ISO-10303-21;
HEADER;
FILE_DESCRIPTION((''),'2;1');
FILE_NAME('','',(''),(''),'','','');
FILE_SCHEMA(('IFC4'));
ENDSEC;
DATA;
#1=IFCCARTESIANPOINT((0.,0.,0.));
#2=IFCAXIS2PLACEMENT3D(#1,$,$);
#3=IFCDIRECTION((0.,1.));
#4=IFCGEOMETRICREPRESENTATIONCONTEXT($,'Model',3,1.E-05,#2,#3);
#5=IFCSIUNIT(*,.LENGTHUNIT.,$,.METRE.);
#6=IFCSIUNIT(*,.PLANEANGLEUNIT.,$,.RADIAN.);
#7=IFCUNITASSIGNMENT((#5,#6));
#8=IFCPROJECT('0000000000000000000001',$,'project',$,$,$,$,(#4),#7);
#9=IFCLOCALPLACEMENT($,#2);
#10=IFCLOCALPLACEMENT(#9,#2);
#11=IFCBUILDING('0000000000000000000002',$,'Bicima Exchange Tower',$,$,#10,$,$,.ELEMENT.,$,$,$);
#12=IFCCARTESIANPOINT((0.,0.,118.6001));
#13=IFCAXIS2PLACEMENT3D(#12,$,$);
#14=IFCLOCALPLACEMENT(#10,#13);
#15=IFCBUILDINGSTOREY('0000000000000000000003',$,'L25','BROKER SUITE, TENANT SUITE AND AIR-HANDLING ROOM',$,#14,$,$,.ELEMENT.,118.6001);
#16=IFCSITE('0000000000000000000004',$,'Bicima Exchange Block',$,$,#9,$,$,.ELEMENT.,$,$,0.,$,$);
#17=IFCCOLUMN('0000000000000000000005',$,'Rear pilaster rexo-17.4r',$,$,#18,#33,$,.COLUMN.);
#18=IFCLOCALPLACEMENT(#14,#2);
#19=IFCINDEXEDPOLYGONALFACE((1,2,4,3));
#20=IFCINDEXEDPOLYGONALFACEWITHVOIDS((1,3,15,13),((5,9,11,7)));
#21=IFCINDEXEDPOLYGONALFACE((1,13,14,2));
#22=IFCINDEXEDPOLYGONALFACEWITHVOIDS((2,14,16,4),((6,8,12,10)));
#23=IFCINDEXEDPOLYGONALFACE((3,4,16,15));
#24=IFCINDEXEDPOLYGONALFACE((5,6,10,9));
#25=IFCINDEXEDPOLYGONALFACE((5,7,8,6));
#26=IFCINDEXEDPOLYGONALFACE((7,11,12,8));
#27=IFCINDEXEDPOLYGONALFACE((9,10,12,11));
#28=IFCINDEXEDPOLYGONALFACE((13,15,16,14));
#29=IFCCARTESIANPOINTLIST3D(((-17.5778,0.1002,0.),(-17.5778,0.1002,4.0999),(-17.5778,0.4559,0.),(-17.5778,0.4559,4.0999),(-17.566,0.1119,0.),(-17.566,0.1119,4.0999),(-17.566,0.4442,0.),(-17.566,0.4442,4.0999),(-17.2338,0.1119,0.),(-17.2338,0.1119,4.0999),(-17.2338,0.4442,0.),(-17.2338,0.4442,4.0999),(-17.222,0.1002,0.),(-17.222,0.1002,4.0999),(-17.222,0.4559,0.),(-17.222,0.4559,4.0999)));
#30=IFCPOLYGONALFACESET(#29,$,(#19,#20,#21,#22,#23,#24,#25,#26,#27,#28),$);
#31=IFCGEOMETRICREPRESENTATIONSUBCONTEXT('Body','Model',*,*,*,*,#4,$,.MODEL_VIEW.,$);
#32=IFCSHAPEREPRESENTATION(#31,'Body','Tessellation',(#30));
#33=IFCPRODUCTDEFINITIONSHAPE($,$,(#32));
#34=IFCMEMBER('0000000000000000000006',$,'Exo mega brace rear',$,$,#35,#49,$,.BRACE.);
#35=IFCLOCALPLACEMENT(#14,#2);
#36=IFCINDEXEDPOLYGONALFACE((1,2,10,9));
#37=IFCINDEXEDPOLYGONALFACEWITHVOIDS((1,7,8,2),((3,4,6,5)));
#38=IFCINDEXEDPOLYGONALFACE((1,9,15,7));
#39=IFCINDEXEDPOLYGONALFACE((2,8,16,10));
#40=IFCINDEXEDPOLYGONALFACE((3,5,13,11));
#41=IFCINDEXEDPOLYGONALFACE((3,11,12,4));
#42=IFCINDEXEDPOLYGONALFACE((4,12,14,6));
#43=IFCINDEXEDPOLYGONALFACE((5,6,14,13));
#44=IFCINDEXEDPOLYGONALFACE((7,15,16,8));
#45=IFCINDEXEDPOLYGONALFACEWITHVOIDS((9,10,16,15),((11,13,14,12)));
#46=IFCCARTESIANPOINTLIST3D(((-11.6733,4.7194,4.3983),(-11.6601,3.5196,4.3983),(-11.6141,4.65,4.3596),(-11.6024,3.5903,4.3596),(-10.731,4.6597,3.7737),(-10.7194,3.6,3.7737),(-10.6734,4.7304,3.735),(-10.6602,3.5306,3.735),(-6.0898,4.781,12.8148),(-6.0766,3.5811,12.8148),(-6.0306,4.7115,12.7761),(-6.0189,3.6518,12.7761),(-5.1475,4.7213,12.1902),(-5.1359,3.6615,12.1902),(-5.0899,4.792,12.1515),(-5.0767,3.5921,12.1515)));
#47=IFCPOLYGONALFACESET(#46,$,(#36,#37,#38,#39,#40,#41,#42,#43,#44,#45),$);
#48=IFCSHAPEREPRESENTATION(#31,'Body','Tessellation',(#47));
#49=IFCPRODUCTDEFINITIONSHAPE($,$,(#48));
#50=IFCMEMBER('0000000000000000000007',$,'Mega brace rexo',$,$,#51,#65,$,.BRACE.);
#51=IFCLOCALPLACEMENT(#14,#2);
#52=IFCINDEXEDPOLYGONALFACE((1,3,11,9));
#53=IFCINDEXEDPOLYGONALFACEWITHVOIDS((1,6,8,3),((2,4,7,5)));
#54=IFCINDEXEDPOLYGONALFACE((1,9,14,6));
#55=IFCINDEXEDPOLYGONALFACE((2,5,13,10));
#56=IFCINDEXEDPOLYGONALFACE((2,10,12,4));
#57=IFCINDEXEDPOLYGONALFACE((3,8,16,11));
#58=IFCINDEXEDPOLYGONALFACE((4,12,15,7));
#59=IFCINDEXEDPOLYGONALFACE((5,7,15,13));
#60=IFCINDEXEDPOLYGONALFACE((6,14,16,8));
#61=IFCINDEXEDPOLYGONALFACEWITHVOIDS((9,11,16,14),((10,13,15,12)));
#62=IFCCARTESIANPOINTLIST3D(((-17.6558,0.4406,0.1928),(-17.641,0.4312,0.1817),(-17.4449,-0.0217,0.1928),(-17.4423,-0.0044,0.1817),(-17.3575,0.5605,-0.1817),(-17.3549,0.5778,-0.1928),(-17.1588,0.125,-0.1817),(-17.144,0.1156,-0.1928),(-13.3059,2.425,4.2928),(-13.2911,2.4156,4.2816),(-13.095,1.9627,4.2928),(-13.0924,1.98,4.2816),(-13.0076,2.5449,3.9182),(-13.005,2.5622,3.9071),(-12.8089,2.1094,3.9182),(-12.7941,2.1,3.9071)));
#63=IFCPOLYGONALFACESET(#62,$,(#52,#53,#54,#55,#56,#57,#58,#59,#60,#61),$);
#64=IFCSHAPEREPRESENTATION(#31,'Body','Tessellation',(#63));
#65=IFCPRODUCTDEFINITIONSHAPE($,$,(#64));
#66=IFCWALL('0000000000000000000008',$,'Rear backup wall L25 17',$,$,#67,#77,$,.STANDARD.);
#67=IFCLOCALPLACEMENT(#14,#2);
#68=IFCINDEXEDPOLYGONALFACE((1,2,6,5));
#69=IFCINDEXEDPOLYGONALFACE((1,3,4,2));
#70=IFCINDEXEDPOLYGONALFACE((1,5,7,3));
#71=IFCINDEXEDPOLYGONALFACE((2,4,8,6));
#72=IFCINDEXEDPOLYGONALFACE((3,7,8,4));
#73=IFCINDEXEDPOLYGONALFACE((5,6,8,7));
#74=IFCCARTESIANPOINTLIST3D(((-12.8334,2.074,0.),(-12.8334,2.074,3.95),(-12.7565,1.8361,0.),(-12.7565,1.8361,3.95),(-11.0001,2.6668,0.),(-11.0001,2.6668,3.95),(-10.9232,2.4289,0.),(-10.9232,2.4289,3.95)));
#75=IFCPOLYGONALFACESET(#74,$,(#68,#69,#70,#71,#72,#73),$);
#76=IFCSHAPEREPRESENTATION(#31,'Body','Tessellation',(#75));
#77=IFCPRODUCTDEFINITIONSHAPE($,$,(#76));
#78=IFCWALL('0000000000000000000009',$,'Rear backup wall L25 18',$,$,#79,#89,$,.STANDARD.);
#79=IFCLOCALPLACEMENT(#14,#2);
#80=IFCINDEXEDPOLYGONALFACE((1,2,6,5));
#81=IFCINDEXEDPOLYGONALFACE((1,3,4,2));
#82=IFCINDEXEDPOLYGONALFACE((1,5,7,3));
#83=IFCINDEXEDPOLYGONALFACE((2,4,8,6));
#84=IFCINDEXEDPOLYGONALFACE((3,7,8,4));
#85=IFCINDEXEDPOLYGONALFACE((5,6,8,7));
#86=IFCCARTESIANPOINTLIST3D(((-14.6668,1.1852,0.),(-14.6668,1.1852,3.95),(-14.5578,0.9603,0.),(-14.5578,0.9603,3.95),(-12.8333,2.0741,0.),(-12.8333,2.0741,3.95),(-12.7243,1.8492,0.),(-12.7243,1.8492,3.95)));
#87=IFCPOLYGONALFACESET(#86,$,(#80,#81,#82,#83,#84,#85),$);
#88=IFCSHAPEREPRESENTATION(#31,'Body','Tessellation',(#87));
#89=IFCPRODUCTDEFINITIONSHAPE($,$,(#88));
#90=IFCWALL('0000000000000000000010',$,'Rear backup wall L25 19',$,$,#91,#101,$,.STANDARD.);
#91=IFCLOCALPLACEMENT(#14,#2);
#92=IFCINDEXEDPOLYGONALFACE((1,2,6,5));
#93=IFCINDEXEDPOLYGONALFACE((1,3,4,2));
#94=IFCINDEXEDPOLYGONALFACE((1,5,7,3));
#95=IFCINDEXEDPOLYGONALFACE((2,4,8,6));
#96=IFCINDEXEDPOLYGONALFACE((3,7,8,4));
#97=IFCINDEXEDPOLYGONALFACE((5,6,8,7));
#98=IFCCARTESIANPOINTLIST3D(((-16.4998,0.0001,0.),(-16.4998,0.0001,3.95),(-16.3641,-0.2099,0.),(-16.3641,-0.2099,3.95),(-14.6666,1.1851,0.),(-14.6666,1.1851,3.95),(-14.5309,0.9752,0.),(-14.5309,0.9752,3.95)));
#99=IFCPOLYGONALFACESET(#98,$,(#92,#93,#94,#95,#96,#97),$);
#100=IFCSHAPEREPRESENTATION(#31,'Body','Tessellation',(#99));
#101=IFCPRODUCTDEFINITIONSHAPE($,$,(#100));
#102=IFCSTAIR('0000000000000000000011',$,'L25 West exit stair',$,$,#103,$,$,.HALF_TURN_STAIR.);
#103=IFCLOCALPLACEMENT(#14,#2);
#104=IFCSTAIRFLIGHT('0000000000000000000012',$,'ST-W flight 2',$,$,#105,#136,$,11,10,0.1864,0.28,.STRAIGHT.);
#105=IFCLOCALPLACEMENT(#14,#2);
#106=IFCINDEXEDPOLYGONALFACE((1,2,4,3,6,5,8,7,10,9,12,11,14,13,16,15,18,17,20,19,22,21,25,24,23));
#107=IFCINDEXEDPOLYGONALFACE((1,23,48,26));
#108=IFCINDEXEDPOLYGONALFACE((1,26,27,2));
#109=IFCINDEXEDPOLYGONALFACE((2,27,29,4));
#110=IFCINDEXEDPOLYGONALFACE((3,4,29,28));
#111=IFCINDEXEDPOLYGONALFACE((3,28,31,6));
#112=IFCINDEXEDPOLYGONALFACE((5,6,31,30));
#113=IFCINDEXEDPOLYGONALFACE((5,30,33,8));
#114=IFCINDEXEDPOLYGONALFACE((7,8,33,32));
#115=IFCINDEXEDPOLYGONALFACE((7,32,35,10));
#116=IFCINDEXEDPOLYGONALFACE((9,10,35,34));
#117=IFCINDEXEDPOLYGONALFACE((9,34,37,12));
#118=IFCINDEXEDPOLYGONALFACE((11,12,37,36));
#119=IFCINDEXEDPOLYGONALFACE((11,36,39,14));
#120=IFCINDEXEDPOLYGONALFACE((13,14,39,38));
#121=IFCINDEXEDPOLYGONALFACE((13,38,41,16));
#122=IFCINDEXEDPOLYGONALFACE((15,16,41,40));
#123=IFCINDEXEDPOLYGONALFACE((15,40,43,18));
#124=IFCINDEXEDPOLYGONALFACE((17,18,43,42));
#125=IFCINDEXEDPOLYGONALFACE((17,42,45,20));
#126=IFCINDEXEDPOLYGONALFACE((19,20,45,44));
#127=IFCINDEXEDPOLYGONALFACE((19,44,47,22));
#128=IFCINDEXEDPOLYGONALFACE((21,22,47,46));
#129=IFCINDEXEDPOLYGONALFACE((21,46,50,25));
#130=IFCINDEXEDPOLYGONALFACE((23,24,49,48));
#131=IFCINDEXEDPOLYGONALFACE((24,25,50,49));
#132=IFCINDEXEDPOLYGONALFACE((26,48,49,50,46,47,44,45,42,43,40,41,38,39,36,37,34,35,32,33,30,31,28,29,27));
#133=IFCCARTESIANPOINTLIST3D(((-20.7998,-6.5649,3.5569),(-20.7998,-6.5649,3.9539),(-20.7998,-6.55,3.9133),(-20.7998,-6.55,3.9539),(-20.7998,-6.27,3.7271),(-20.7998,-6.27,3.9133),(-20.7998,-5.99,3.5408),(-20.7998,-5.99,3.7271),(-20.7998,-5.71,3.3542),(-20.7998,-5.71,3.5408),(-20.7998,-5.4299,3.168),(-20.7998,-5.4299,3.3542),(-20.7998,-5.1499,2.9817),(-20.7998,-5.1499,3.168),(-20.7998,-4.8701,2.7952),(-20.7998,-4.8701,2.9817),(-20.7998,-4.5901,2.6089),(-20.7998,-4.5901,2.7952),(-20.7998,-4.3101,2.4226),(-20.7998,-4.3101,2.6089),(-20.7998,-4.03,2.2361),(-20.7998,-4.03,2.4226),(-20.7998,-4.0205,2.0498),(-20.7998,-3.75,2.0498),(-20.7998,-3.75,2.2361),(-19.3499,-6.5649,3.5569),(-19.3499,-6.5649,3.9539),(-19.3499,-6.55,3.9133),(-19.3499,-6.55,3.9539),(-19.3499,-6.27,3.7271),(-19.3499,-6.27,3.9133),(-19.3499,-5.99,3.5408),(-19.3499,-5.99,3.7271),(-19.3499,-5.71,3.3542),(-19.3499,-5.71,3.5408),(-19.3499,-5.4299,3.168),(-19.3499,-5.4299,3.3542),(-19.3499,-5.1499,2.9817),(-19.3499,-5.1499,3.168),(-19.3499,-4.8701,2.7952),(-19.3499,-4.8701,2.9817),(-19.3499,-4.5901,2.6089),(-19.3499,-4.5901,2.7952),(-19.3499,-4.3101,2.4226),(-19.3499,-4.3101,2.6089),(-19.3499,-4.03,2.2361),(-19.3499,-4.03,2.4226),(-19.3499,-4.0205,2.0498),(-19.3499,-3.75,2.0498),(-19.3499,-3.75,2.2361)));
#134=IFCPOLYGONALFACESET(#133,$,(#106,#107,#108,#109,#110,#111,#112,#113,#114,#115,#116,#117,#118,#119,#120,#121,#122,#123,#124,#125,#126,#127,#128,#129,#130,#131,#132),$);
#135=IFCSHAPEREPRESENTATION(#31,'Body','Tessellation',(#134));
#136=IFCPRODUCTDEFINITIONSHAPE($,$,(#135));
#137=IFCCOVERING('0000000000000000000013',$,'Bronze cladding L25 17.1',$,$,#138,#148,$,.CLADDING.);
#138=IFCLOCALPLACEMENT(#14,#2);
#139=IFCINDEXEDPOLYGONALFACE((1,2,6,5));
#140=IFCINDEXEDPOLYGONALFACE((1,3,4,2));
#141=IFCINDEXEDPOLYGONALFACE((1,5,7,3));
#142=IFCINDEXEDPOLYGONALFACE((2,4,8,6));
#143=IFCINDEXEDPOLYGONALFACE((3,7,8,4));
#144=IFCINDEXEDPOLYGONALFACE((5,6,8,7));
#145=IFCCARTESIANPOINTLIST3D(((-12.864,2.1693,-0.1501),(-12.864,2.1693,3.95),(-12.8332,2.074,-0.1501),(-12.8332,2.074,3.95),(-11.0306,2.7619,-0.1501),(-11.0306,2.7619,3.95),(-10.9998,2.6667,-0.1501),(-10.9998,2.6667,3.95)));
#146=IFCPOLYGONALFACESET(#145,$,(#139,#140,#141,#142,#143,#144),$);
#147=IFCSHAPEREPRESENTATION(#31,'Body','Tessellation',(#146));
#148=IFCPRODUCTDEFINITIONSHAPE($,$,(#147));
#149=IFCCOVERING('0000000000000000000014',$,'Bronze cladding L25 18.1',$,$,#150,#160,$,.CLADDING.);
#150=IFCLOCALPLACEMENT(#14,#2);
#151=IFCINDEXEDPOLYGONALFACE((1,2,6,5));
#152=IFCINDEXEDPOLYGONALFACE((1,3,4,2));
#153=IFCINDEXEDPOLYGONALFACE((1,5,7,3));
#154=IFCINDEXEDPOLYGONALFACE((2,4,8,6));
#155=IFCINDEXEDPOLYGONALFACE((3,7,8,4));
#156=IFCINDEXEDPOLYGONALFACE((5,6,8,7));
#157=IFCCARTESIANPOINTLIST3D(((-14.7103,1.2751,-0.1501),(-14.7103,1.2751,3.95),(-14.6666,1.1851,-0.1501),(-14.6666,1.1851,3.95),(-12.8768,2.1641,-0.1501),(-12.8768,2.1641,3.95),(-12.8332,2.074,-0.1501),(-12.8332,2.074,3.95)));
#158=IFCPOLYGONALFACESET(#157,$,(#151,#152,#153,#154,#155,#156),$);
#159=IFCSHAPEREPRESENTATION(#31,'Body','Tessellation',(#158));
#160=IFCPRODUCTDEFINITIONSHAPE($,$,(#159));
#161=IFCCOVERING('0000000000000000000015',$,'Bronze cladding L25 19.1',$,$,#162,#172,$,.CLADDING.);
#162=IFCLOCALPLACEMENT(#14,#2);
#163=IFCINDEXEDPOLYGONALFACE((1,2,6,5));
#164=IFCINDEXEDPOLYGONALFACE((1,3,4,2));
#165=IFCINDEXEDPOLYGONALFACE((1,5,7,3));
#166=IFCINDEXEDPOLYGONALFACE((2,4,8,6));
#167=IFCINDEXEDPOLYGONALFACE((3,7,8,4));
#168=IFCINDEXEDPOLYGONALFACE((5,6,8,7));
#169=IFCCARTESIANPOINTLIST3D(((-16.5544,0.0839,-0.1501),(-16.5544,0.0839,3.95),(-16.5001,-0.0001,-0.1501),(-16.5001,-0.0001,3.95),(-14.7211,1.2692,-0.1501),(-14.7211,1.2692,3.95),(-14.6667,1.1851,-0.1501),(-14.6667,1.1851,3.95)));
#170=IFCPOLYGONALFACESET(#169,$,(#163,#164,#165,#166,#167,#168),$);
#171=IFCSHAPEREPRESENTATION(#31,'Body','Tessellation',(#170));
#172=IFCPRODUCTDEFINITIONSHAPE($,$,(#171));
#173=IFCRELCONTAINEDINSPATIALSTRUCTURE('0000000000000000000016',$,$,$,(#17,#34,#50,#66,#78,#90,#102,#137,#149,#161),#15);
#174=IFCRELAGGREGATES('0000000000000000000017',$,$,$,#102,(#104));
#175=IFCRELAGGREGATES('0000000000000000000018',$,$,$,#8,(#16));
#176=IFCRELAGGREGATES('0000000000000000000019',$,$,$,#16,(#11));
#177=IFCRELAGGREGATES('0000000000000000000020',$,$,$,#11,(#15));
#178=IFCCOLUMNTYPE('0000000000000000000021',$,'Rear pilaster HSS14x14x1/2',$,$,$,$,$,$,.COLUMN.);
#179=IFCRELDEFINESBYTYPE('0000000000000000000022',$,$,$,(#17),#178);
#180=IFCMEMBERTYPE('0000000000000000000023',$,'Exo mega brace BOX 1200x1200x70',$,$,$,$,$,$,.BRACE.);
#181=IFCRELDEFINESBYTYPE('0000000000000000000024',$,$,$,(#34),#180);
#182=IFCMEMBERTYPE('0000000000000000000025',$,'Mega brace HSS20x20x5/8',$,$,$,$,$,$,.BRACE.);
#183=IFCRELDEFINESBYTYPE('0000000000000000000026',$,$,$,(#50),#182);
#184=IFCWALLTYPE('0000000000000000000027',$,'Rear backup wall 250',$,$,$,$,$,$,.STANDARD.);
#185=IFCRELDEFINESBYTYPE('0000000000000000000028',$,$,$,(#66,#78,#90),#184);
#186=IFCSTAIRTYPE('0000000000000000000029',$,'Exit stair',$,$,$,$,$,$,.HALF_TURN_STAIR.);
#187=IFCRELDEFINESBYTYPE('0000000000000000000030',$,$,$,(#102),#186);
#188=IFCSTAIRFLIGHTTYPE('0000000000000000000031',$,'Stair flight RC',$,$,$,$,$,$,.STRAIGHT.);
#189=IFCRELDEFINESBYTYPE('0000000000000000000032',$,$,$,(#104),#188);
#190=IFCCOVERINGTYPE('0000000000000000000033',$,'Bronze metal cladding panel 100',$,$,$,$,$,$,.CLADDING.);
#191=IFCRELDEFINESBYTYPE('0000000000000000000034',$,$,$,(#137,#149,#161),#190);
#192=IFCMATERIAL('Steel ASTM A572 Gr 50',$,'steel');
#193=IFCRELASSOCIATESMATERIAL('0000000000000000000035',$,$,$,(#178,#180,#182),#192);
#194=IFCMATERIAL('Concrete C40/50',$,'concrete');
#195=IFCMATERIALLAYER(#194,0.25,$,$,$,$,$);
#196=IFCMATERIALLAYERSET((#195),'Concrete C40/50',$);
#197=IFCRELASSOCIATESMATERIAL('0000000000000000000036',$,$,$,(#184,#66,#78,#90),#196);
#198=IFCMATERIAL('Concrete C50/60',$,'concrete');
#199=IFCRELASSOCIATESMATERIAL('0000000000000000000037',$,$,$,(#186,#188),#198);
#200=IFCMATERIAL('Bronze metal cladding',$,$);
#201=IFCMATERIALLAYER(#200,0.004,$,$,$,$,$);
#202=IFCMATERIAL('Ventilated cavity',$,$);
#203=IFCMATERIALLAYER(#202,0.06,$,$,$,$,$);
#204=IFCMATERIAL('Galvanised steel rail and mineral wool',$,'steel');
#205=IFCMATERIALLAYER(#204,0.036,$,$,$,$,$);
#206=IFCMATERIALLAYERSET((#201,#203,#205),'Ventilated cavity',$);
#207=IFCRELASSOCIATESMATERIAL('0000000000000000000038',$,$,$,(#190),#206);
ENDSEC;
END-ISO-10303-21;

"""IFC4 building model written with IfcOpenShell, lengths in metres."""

from ifc_helpers import new_model, si_unit, direction, frame, frame_2d, origin, origin_2d, place, context, subcontext, project, spatial, polyline, rectangle, hollow_rectangle, outline, extrude, material, layer, layer_set, layer_usage, material_profile, profile_set, type_object, element, aggregate, save


model = new_model("IFC4")

# Units and contexts
model_context = context("Model", 3, precision=1e-05, world=origin(), true_north=direction((0.0, 1.0)))
body_context = subcontext(model_context, "Body", "Model", "MODEL_VIEW")
ifc_project = project(units=[si_unit("LENGTHUNIT", "METRE"), si_unit("PLANEANGLEUNIT", "RADIAN")], contexts=[model_context])

# Site, building, storey
site_placement = place(None, origin())
site = spatial("IfcSite", under=ifc_project, at=site_placement, Name="Bicima Exchange Block", CompositionType="ELEMENT", RefElevation=0.0)
building_placement = place(site_placement, origin())
building = spatial("IfcBuilding", under=site, at=building_placement, Name="Bicima Exchange Tower", CompositionType="ELEMENT")
storey_placement = place(building_placement, frame((0.0, 0.0, 118.6001)))
storey = spatial("IfcBuildingStorey", under=building, at=storey_placement, Name="L25", Description="BROKER SUITE, TENANT SUITE AND AIR-HANDLING ROOM", CompositionType="ELEMENT", Elevation=118.6001)

# Column
ifc_material_1 = material(Name="Steel ASTM A572 Gr 50", Category="steel")
ifc_material_profile_1 = material_profile(ifc_material_1, hollow_rectangle(XDim=0.3557, YDim=0.3557, WallThickness=0.0117, at=origin_2d()))
ifc_profile_set_1 = profile_set([ifc_material_profile_1], Name="Steel ASTM A572 Gr 50")
column_type = type_object("IfcColumnType", Name="Rear pilaster HSS14x14x1/2", PredefinedType="COLUMN", material=ifc_profile_set_1)
column_placement = place(storey_placement, frame((-17.3999, 0.2781, 0.0), z_axis=(0.0, 0.0, 1.0), x_axis=(1.0, 0.0, 0.0)))
element("IfcColumn", 1, at=column_placement, inside=storey, type_object=column_type, Name="Rear pilaster rexo-17.4r", PredefinedType="COLUMN", context=body_context, shape_type="SweptSolid", body=[
    extrude(hollow_rectangle(XDim=0.3557, YDim=0.3557, WallThickness=0.0117, at=origin_2d()), origin(), (0.0, 0.0, 1.0), 4.0999),
])

# Members
ifc_material_profile_2 = material_profile(ifc_material_1, hollow_rectangle(XDim=1.2, YDim=1.2, WallThickness=0.0701, at=origin_2d()))
ifc_profile_set_2 = profile_set([ifc_material_profile_2], Name="Steel ASTM A572 Gr 50")
member_type_1 = type_object("IfcMemberType", Name="Exo mega brace BOX 1200x1200x70", PredefinedType="BRACE", material=ifc_profile_set_2)
member_1_placement = place(storey_placement, frame((-11.1667, 4.125, 4.0667), z_axis=(0.552803, 0.006091, 0.83329), x_axis=(-0.011018, 0.999939, 0.0)))
element("IfcMember", 2, at=member_1_placement, inside=storey, type_object=member_type_1, Name="Exo mega brace rear", PredefinedType="BRACE", context=body_context, shape_type="SweptSolid", body=[
    extrude(hollow_rectangle(XDim=1.2, YDim=1.2, WallThickness=0.0701, at=origin_2d()), origin(), (0.0, 0.0, 1.0), 10.1003),
])
ifc_material_profile_3 = material_profile(ifc_material_1, hollow_rectangle(XDim=0.5081, YDim=0.5081, WallThickness=0.0146, at=origin_2d()))
ifc_profile_set_3 = profile_set([ifc_material_profile_3], Name="Steel ASTM A572 Gr 50")
member_type_2 = type_object("IfcMemberType", Name="Mega brace HSS20x20x5/8", PredefinedType="BRACE", material=ifc_profile_set_3)
member_2_placement = place(storey_placement, frame((-17.3999, 0.2781, 0.0), z_axis=(0.690646, 0.315068, 0.650953), x_axis=(-0.415045, 0.909801, 0.0)))
element("IfcMember", 3, at=member_2_placement, inside=storey, type_object=member_type_2, Name="Mega brace rexo", PredefinedType="BRACE", context=body_context, shape_type="SweptSolid", body=[
    extrude(hollow_rectangle(XDim=0.5081, YDim=0.5081, WallThickness=0.0146, at=origin_2d()), origin(), (0.0, 0.0, 1.0), 6.2983),
])

# Walls
ifc_material_2 = material(Name="Concrete C40/50", Category="concrete")
ifc_layer_1 = layer(ifc_material_2, 0.25)
ifc_layer_set_1 = layer_set([ifc_layer_1], Name="Concrete C40/50")
ifc_layer_usage = layer_usage(ifc_layer_set_1, "AXIS2", "POSITIVE", -0.125)
wall_type = type_object("IfcWallType", Name="Rear backup wall 250", PredefinedType="STANDARD", material=ifc_layer_set_1)
wall_1_placement = place(storey_placement, frame((-10.9617, 2.5479, 0.0), z_axis=(0.0, 0.0, 1.0), x_axis=(-0.951496, -0.307662, 0.0)))
element("IfcWall", 4, at=wall_1_placement, inside=storey, type_object=wall_type, material=ifc_layer_usage, Name="Rear backup wall L25 17", PredefinedType="STANDARD", context=body_context, shape_type="SweptSolid", body=[
    extrude(rectangle(XDim=1.9268, YDim=0.25, at=frame_2d((0.9634, 0.0))), origin(), (0.0, 0.0, 1.0), 3.95),
])
wall_2_placement = place(storey_placement, frame((-12.7788, 1.9617, 0.0), z_axis=(0.0, 0.0, 1.0), x_axis=(-0.899824, -0.436253, 0.0)))
element("IfcWall", 5, at=wall_2_placement, inside=storey, type_object=wall_type, material=ifc_layer_usage, Name="Rear backup wall L25 18", PredefinedType="STANDARD", context=body_context, shape_type="SweptSolid", body=[
    extrude(rectangle(XDim=2.0376, YDim=0.25, at=frame_2d((1.0188, 0.0))), origin(), (0.0, 0.0, 1.0), 3.95),
])
wall_3_placement = place(storey_placement, frame((-14.5989, 1.0801, 0.0), z_axis=(0.0, 0.0, 1.0), x_axis=(-0.839813, -0.542876, 0.0)))
element("IfcWall", 6, at=wall_3_placement, inside=storey, type_object=wall_type, material=ifc_layer_usage, Name="Rear backup wall L25 19", PredefinedType="STANDARD", context=body_context, shape_type="SweptSolid", body=[
    extrude(rectangle(XDim=2.1829, YDim=0.25, at=frame_2d((1.0913, 0.0))), origin(), (0.0, 0.0, 1.0), 3.95),
])

# Stair, stair flight
ifc_material_3 = material(Name="Concrete C50/60", Category="concrete")
stair_type = type_object("IfcStairType", Name="Exit stair", PredefinedType="HALF_TURN_STAIR", material=ifc_material_3)
stair_placement = place(storey_placement, origin())
stair = element("IfcStair", 7, at=stair_placement, inside=storey, type_object=stair_type, Name="L25 West exit stair", PredefinedType="HALF_TURN_STAIR")
stair_flight_type = type_object("IfcStairFlightType", Name="Stair flight RC", PredefinedType="STRAIGHT", material=ifc_material_3)
stair_flight_placement = place(storey_placement, frame((-20.075, -3.75, 2.0498), z_axis=(0.0, 0.0, 1.0), x_axis=(0.0, -1.0, 0.0)))
stair_flight = element("IfcStairFlight", 8, at=stair_flight_placement, type_object=stair_flight_type, Name="ST-W flight 2", NumberOfRisers=11, NumberOfTreads=10, PredefinedType="STRAIGHT", RiserHeight=0.1864, TreadLength=0.28, context=body_context, shape_type="SweptSolid", body=[
    extrude(outline(polyline([(0.0, 0.0), (0.0, 0.1863), (0.28, 0.1863), (0.28, 0.3728), (0.5601, 0.3728), (0.5601, 0.5591), (0.8401, 0.5591), (0.8401, 0.7454), (1.1201, 0.7454), (1.1201, 0.9319), (1.3999, 0.9319), (1.3999, 1.1182), (1.6799, 1.1182), (1.6799, 1.3044), (1.96, 1.3044), (1.96, 1.491), (2.24, 1.491), (2.24, 1.6772), (2.52, 1.6772), (2.52, 1.8635), (2.8, 1.8635), (2.8, 1.9041), (2.8149, 1.9041), (2.8149, 1.5071), (0.2705, 0.0), (0.0, 0.0)])), frame((0.0, 0.7251, 0.0), z_axis=(0.0, -1.0, 0.0), x_axis=(1.0, 0.0, 0.0)), (0.0, 0.0, 1.0), 1.45),
])
aggregate(stair, [stair_flight])

# Coverings
ifc_material_4 = material(Name="Bronze metal cladding")
ifc_layer_2 = layer(ifc_material_4, 0.004)
ifc_material_5 = material(Name="Ventilated cavity")
ifc_layer_3 = layer(ifc_material_5, 0.06)
ifc_material_6 = material(Name="Galvanised steel rail and mineral wool", Category="steel")
ifc_layer_4 = layer(ifc_material_6, 0.036)
ifc_layer_set_2 = layer_set([ifc_layer_2, ifc_layer_3, ifc_layer_4], Name="Ventilated cavity")
covering_type = type_object("IfcCoveringType", Name="Bronze metal cladding panel 100", PredefinedType="CLADDING", material=ifc_layer_set_2)
covering_1_placement = place(storey_placement, frame((-11.9319, 2.418, -0.1501), z_axis=(0.0, 0.0, 1.0), x_axis=(-0.951525, -0.307573, 0.0)))
element("IfcCovering", 9, at=covering_1_placement, inside=storey, type_object=covering_type, Name="Bronze cladding L25 17.1", PredefinedType="CLADDING", context=body_context, shape_type="SweptSolid", body=[
    extrude(rectangle(XDim=1.9268, YDim=0.1001, at=origin_2d()), origin(), (0.0, 0.0, 1.0), 4.1001),
])
covering_2_placement = place(storey_placement, frame((-13.7717, 1.6746, -0.1501), z_axis=(0.0, 0.0, 1.0), x_axis=(-0.899818, -0.436265, 0.0)))
element("IfcCovering", 10, at=covering_2_placement, inside=storey, type_object=covering_type, Name="Bronze cladding L25 18.1", PredefinedType="CLADDING", context=body_context, shape_type="SweptSolid", body=[
    extrude(rectangle(XDim=2.0376, YDim=0.1001, at=origin_2d()), origin(), (0.0, 0.0, 1.0), 4.1001),
])
covering_3_placement = place(storey_placement, frame((-15.6106, 0.6345, -0.1501), z_axis=(0.0, 0.0, 1.0), x_axis=(-0.83979, -0.542911, 0.0)))
element("IfcCovering", 11, at=covering_3_placement, inside=storey, type_object=covering_type, Name="Bronze cladding L25 19.1", PredefinedType="CLADDING", context=body_context, shape_type="SweptSolid", body=[
    extrude(rectangle(XDim=2.1831, YDim=0.1001, at=origin_2d()), origin(), (0.0, 0.0, 1.0), 4.1001),
])

save(model, "model.ifc")
